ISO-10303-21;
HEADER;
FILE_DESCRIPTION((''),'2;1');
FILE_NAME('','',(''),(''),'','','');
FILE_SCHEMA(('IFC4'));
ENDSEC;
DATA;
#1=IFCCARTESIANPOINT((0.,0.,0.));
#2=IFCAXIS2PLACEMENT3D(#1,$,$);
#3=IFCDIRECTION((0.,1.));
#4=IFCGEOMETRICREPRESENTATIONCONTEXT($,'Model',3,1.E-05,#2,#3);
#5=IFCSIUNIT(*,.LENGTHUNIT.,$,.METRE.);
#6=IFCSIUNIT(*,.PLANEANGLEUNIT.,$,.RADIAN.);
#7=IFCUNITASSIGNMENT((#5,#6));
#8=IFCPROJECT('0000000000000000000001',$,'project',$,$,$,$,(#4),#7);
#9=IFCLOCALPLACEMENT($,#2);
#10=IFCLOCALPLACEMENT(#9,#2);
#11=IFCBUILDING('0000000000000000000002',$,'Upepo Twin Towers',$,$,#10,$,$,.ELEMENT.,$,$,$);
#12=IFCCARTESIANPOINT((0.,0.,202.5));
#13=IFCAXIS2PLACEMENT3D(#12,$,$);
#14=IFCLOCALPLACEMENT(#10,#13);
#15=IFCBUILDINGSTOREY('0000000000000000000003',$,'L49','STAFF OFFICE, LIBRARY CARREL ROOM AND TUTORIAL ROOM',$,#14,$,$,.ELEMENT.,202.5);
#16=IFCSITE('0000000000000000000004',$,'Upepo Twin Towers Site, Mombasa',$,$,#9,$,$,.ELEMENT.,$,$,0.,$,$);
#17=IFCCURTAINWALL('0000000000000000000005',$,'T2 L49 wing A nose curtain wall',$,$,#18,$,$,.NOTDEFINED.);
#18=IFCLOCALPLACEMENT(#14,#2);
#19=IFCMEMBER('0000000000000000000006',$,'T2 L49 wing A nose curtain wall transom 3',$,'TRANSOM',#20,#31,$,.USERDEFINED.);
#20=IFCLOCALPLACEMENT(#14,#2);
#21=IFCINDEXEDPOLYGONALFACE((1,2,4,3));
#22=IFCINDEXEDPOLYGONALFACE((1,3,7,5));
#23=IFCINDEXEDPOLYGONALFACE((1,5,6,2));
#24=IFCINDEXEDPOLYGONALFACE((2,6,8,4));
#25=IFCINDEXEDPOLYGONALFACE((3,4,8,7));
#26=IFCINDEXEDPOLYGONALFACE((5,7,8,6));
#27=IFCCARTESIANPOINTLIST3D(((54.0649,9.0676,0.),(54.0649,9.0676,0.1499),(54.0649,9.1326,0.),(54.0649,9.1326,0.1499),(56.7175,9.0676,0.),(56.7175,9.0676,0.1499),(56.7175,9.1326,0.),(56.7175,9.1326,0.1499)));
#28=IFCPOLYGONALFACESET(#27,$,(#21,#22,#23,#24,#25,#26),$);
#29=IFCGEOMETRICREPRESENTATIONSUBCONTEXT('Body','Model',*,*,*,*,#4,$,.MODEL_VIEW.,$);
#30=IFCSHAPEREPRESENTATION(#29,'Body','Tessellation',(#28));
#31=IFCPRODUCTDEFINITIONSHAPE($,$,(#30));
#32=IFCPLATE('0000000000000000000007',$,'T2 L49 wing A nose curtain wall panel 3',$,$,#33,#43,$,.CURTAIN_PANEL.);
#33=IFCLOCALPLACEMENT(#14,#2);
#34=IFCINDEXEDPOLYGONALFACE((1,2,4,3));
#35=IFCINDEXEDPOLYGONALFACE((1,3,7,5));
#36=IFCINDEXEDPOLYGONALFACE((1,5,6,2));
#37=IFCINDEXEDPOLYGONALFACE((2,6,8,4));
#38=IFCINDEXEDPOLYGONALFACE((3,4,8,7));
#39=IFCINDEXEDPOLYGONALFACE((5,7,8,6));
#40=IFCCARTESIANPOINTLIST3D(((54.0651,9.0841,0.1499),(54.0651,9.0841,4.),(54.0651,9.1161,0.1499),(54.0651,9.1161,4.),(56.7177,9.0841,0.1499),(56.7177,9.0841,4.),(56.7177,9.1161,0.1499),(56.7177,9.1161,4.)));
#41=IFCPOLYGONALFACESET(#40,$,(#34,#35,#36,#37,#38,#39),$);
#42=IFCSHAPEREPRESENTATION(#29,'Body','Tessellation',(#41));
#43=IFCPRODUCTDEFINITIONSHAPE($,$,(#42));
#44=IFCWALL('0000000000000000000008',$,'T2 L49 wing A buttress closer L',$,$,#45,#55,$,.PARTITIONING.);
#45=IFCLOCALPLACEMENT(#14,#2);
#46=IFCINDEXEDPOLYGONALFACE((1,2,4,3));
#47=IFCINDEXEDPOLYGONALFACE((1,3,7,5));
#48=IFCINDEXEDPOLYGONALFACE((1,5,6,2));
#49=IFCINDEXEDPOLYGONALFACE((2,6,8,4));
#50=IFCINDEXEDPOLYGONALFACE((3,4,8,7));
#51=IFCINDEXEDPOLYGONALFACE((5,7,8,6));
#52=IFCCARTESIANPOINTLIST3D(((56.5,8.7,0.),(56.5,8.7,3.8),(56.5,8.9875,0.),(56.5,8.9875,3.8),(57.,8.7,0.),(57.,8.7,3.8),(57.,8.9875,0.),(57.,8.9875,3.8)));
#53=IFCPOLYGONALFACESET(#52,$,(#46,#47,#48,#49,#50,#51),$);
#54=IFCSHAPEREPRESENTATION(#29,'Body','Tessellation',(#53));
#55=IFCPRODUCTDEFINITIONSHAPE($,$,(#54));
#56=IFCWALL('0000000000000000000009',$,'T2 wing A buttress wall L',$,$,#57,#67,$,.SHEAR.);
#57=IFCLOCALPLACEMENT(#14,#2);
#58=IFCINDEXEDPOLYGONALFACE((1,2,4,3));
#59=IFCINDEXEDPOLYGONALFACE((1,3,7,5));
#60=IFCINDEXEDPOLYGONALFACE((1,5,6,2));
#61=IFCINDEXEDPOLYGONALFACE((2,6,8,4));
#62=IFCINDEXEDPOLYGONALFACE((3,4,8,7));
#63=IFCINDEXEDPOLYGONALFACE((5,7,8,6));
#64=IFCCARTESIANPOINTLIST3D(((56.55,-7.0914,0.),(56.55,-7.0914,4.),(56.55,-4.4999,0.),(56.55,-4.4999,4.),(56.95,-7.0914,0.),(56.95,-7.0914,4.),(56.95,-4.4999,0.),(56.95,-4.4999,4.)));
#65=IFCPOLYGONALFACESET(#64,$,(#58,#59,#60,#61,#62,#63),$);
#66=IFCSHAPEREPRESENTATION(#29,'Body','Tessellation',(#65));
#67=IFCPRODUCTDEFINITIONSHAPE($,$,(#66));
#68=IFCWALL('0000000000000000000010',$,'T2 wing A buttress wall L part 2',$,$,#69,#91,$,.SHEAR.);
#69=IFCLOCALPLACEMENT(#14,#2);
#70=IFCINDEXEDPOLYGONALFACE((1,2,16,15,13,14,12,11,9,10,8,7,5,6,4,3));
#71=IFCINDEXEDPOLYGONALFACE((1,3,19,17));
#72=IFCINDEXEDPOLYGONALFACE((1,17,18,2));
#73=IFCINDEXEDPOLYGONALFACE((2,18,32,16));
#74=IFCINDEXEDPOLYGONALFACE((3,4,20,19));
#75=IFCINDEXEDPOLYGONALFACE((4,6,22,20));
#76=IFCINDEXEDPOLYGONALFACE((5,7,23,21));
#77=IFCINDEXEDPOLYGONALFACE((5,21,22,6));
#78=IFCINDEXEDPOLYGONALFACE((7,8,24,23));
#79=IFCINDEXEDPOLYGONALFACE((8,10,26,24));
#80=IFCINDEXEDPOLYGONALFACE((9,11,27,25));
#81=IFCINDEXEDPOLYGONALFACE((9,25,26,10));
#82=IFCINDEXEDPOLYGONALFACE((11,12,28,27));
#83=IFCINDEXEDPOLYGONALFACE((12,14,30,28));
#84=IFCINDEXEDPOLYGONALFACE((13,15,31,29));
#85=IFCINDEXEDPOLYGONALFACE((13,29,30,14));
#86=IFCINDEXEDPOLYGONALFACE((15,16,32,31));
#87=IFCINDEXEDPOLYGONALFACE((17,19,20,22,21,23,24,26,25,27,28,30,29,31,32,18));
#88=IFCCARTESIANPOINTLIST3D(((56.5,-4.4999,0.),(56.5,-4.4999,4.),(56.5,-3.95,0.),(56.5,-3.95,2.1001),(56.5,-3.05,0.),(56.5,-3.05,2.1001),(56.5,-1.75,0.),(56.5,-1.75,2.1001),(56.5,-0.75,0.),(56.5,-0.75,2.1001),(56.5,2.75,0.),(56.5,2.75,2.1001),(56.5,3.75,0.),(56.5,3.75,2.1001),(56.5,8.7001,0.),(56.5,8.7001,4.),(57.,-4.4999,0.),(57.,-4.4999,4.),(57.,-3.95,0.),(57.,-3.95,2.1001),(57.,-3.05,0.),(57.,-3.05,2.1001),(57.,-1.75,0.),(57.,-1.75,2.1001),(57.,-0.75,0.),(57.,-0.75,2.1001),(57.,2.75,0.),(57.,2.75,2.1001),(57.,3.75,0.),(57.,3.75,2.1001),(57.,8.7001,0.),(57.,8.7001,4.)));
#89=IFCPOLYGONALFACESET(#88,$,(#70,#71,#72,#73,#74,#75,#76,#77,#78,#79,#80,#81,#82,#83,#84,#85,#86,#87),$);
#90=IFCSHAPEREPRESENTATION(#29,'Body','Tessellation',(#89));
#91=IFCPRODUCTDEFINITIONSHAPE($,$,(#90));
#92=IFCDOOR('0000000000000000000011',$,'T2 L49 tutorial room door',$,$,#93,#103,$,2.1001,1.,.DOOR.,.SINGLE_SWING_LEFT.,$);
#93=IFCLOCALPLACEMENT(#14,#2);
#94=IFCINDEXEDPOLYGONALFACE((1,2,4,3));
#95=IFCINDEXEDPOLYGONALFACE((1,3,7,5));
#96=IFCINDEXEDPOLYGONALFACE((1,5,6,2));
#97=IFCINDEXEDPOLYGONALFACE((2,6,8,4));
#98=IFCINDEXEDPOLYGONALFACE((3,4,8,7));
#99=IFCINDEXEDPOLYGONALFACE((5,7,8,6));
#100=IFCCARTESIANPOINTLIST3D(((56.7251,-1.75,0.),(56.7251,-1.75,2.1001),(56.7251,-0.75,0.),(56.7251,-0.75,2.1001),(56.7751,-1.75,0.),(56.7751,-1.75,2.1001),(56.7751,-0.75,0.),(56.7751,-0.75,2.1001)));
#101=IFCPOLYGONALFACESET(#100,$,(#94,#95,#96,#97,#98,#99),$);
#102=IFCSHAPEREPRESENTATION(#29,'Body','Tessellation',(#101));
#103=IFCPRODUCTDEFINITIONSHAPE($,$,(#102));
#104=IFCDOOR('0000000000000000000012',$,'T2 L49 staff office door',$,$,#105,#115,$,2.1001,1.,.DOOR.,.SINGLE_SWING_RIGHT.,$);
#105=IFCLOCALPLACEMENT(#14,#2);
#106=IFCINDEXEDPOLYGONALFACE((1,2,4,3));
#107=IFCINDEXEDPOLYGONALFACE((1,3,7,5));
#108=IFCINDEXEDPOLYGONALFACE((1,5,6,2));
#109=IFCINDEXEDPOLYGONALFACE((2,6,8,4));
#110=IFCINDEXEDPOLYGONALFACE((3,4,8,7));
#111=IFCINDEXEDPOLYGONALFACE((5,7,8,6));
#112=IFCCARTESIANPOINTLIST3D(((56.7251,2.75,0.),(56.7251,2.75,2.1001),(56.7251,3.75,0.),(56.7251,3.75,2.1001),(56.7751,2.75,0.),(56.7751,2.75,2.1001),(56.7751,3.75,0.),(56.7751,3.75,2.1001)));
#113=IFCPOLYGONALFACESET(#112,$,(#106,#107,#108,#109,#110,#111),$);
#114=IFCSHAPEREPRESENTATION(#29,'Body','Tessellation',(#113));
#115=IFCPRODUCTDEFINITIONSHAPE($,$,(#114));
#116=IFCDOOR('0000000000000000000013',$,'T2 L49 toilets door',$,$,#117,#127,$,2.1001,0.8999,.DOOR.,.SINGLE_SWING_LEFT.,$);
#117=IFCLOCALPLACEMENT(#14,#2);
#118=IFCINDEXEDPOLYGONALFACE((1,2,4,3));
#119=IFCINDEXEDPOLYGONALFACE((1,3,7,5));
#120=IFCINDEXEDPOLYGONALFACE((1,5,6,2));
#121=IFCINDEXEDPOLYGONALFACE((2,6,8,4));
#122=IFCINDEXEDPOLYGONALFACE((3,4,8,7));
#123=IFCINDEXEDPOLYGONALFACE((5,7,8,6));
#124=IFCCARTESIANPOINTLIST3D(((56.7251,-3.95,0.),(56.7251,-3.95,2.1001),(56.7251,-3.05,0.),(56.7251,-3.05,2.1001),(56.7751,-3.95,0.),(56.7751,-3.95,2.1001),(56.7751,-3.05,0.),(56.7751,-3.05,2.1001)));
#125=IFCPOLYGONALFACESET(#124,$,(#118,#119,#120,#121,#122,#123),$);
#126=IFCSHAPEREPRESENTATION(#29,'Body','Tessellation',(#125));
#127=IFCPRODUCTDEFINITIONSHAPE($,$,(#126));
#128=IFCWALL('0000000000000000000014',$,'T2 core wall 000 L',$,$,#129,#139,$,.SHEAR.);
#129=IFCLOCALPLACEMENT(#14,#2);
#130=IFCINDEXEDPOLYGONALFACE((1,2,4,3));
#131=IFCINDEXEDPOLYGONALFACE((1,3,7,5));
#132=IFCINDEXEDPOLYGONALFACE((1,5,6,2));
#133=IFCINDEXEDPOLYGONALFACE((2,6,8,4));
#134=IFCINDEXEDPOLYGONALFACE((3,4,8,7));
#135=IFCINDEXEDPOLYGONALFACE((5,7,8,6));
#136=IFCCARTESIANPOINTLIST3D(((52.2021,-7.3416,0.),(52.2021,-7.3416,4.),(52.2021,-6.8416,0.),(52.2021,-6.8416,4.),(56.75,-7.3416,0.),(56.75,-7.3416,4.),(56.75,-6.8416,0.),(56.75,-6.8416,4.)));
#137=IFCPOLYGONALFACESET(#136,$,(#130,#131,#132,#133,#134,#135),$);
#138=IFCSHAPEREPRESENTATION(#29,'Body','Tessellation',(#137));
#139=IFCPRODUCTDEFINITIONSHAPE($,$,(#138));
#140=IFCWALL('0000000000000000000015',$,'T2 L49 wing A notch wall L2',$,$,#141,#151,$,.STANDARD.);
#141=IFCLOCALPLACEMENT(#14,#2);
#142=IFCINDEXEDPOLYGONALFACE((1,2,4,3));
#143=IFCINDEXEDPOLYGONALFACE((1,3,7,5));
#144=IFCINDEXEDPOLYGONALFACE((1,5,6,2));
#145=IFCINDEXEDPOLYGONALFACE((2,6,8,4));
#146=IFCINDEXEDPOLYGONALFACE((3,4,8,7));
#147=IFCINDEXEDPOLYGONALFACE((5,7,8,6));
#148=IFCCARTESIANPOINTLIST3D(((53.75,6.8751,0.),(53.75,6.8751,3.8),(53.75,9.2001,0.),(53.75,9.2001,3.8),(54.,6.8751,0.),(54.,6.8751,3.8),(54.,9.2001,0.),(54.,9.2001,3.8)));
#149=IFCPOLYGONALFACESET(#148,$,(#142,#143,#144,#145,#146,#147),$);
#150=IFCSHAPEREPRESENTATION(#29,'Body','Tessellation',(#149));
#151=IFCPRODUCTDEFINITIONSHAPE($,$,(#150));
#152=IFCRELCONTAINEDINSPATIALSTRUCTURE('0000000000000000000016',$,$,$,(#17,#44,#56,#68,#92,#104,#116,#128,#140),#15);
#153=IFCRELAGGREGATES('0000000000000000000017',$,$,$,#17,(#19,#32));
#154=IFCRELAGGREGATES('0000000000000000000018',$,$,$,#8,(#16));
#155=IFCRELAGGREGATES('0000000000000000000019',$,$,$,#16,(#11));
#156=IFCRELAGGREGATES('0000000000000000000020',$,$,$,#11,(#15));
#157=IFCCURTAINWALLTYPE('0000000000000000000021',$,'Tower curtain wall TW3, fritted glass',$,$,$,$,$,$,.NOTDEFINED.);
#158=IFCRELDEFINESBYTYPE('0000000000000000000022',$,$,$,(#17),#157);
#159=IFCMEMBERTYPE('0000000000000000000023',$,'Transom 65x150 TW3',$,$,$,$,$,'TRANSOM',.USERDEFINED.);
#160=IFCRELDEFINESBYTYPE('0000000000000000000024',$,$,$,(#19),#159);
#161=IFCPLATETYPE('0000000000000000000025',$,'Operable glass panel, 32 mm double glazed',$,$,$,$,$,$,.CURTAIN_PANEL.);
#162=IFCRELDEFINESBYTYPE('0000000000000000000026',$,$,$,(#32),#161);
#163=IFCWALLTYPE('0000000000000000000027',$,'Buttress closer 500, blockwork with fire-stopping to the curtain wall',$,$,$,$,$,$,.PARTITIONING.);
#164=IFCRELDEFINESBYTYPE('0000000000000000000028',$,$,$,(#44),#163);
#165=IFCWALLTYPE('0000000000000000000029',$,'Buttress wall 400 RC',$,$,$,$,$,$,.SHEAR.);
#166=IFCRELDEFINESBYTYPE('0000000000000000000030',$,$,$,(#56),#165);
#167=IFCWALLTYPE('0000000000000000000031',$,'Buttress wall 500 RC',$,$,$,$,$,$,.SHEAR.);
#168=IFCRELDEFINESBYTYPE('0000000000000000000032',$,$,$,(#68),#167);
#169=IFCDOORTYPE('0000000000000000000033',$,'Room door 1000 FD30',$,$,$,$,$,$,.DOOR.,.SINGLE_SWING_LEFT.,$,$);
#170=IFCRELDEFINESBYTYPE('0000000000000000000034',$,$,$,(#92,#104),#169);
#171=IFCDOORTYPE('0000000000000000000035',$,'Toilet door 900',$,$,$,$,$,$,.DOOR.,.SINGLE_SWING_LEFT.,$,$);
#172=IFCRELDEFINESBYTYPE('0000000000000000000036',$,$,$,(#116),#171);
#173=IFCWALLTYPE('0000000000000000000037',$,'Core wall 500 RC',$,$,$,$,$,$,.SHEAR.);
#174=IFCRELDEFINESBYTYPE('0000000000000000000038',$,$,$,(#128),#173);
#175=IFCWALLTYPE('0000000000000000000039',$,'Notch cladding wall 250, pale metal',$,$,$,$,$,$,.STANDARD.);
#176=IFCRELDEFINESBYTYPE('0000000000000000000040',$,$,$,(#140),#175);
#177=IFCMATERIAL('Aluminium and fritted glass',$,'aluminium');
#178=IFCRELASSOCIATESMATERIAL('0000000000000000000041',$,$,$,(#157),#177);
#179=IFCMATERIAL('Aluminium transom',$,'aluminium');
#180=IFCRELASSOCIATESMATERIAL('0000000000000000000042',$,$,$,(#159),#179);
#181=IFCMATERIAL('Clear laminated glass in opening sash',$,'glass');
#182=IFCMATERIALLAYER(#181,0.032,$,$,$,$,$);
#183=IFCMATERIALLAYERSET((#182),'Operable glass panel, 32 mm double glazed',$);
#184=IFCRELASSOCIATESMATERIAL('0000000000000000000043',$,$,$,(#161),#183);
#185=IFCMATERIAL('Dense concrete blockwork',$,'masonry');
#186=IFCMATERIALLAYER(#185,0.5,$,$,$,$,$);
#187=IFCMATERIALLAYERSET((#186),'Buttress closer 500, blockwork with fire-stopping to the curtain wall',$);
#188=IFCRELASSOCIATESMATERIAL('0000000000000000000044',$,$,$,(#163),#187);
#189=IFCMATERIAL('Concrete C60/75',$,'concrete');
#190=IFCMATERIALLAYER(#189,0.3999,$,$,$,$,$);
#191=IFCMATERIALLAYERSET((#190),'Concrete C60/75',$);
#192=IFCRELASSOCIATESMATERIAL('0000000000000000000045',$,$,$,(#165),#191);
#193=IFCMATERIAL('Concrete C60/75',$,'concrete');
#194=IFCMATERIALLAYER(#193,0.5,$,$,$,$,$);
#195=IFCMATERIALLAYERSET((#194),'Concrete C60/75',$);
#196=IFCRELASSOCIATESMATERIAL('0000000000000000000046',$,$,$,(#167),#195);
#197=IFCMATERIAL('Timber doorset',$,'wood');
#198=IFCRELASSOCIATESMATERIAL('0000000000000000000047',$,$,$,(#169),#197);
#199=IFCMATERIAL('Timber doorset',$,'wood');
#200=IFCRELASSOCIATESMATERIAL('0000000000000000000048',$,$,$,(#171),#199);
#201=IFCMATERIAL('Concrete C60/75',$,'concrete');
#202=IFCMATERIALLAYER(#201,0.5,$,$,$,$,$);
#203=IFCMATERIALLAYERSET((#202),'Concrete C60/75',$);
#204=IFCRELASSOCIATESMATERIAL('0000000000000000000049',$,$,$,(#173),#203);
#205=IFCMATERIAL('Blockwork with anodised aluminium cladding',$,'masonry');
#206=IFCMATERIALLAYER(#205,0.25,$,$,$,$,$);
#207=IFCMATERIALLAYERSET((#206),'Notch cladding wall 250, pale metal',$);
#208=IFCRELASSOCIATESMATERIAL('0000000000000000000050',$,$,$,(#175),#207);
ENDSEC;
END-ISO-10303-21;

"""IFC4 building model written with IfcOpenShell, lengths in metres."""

from ifc_helpers import new_model, si_unit, direction, frame, frame_2d, origin, origin_2d, place, context, subcontext, project, spatial, rectangle, extrude, material, layer, layer_set, material_profile, profile_set, type_object, element, fill, aggregate, save


model = new_model("IFC4")

# Units and contexts
model_context = context("Model", 3, precision=1e-05, world=origin(), true_north=direction((0.0, 1.0)))
body_context = subcontext(model_context, "Body", "Model", "MODEL_VIEW")
ifc_project = project(units=[si_unit("LENGTHUNIT", "METRE"), si_unit("PLANEANGLEUNIT", "RADIAN")], contexts=[model_context])

# Site, building, storey
site_placement = place(None, origin())
site = spatial("IfcSite", under=ifc_project, at=site_placement, Name="Upepo Twin Towers Site, Mombasa", CompositionType="ELEMENT", RefElevation=0.0)
building_placement = place(site_placement, origin())
building = spatial("IfcBuilding", under=site, at=building_placement, Name="Upepo Twin Towers", CompositionType="ELEMENT")
storey_placement = place(building_placement, frame((0.0, 0.0, 202.5)))
storey = spatial("IfcBuildingStorey", under=building, at=storey_placement, Name="L49", Description="STAFF OFFICE, LIBRARY CARREL ROOM AND TUTORIAL ROOM", CompositionType="ELEMENT", Elevation=202.5)

# Curtain wall, member, plate
ifc_material_1 = material(Name="Aluminium and fritted glass", Category="aluminium")
curtain_wall_type = type_object("IfcCurtainWallType", Name="Tower curtain wall TW3, fritted glass", PredefinedType="NOTDEFINED", material=ifc_material_1)
curtain_wall_placement = place(storey_placement, origin())
curtain_wall = element("IfcCurtainWall", 1, at=curtain_wall_placement, inside=storey, type_object=curtain_wall_type, Name="T2 L49 wing A nose curtain wall", PredefinedType="NOTDEFINED")
ifc_material_2 = material(Name="Aluminium transom", Category="aluminium")
ifc_material_profile_1 = material_profile(ifc_material_2, rectangle(XDim=0.0649, YDim=0.1499, at=origin_2d()), Name="TRANSOM 65x150")
ifc_profile_set_1 = profile_set([ifc_material_profile_1], Name="Aluminium transom")
member_type_1 = type_object("IfcMemberType", Name="Transom 65x150 TW3", ElementType="TRANSOM", PredefinedType="USERDEFINED", material=ifc_profile_set_1)
member_1_placement = place(storey_placement, frame((56.7175, 9.1001, 0.075), z_axis=(-1.0, 0.0, 0.0), x_axis=(0.0, -1.0, 0.0)))
member_1 = element("IfcMember", 2, at=member_1_placement, type_object=member_type_1, Name="T2 L49 wing A nose curtain wall transom 3", ObjectType="TRANSOM", PredefinedType="USERDEFINED", context=body_context, shape_type="SweptSolid", body=[
    extrude(rectangle(XDim=0.0649, YDim=0.1499, at=origin_2d()), origin(), (0.0, 0.0, 1.0), 2.6526),
])
ifc_material_3 = material(Name="Clear laminated glass in opening sash", Category="glass")
ifc_layer_1 = layer(ifc_material_3, 0.032)
ifc_layer_set_1 = layer_set([ifc_layer_1], Name="Operable glass panel, 32 mm double glazed")
plate_type = type_object("IfcPlateType", Name="Operable glass panel, 32 mm double glazed", PredefinedType="CURTAIN_PANEL", material=ifc_layer_set_1)
plate_placement = place(storey_placement, frame((55.3914, 9.1001, 0.1499), z_axis=(0.0, 0.0, 1.0), x_axis=(-1.0, 0.0, 0.0)))
plate = element("IfcPlate", 3, at=plate_placement, type_object=plate_type, Name="T2 L49 wing A nose curtain wall panel 3", PredefinedType="CURTAIN_PANEL", context=body_context, shape_type="SweptSolid", body=[
    extrude(rectangle(XDim=2.6526, YDim=0.032, at=origin_2d()), origin(), (0.0, 0.0, 1.0), 3.8501),
])
aggregate(curtain_wall, [member_1, plate])

# Walls
ifc_material_4 = material(Name="Dense concrete blockwork", Category="masonry")
ifc_layer_2 = layer(ifc_material_4, 0.5)
ifc_layer_set_2 = layer_set([ifc_layer_2], Name="Buttress closer 500, blockwork with fire-stopping to the curtain wall")
wall_type_1 = type_object("IfcWallType", Name="Buttress closer 500, blockwork with fire-stopping to the curtain wall", PredefinedType="PARTITIONING", material=ifc_layer_set_2)
wall_1_placement = place(storey_placement, frame((56.75, 8.7, 0.0), z_axis=(0.0, 0.0, 1.0), x_axis=(0.0, 1.0, 0.0)))
element("IfcWall", 4, at=wall_1_placement, inside=storey, type_object=wall_type_1, Name="T2 L49 wing A buttress closer L", PredefinedType="PARTITIONING", context=body_context, shape_type="SweptSolid", body=[
    extrude(rectangle(XDim=0.2876, YDim=0.5, at=frame_2d((0.1438, 0.0))), origin(), (0.0, 0.0, 1.0), 3.8),
])
ifc_material_5 = material(Name="Concrete C60/75", Category="concrete")
ifc_layer_3 = layer(ifc_material_5, 0.3999)
ifc_layer_set_3 = layer_set([ifc_layer_3], Name="Concrete C60/75")
wall_type_2 = type_object("IfcWallType", Name="Buttress wall 400 RC", PredefinedType="SHEAR", material=ifc_layer_set_3)
wall_2_placement = place(storey_placement, frame((56.75, -7.0916, 0.0), z_axis=(0.0, 0.0, 1.0), x_axis=(0.0, 1.0, 0.0)))
element("IfcWall", 5, at=wall_2_placement, inside=storey, type_object=wall_type_2, Name="T2 wing A buttress wall L", PredefinedType="SHEAR", context=body_context, shape_type="SweptSolid", body=[
    extrude(rectangle(XDim=2.5916, YDim=0.3999, at=frame_2d((1.2959, 0.0))), origin(), (0.0, 0.0, 1.0), 4.0),
])

# Wall, openings, doors
ifc_material_6 = material(Name="Concrete C60/75", Category="concrete")
ifc_layer_4 = layer(ifc_material_6, 0.5)
ifc_layer_set_4 = layer_set([ifc_layer_4], Name="Concrete C60/75")
wall_type_3 = type_object("IfcWallType", Name="Buttress wall 500 RC", PredefinedType="SHEAR", material=ifc_layer_set_4)
wall_3_placement = place(storey_placement, frame((56.75, -4.5, 0.0), z_axis=(0.0, 0.0, 1.0), x_axis=(0.0, 1.0, 0.0)))
wall_3 = element("IfcWall", 6, at=wall_3_placement, inside=storey, type_object=wall_type_3, Name="T2 wing A buttress wall L part 2", PredefinedType="SHEAR", context=body_context, shape_type="SweptSolid", body=[
    extrude(rectangle(XDim=13.2, YDim=0.5, at=frame_2d((6.6001, 0.0))), origin(), (0.0, 0.0, 1.0), 4.0),
])
opening_1_placement = place(wall_3_placement, frame((0.55, 0.0, 0.0)))
opening_1 = element("IfcOpeningElement", 7, at=opening_1_placement, cuts=wall_3, PredefinedType="OPENING", context=body_context, shape_type="SweptSolid", body=[
    extrude(rectangle(XDim=0.8999, YDim=2.1001, at=frame_2d((0.45, 1.05))), frame((0.0, 0.26, 0.0), z_axis=(0.0, -1.0, 0.0), x_axis=(1.0, 0.0, 0.0)), (0.0, 0.0, 1.0), 0.52),
])
opening_2_placement = place(wall_3_placement, frame((2.75, 0.0, 0.0)))
opening_2 = element("IfcOpeningElement", 8, at=opening_2_placement, cuts=wall_3, PredefinedType="OPENING", context=body_context, shape_type="SweptSolid", body=[
    extrude(rectangle(XDim=1.0, YDim=2.1001, at=frame_2d((0.5, 1.05))), frame((0.0, 0.26, 0.0), z_axis=(0.0, -1.0, 0.0), x_axis=(1.0, 0.0, 0.0)), (0.0, 0.0, 1.0), 0.52),
])
opening_3_placement = place(wall_3_placement, frame((7.25, 0.0, 0.0)))
opening_3 = element("IfcOpeningElement", 9, at=opening_3_placement, cuts=wall_3, PredefinedType="OPENING", context=body_context, shape_type="SweptSolid", body=[
    extrude(rectangle(XDim=1.0, YDim=2.1001, at=frame_2d((0.5, 1.05))), frame((0.0, 0.26, 0.0), z_axis=(0.0, -1.0, 0.0), x_axis=(1.0, 0.0, 0.0)), (0.0, 0.0, 1.0), 0.52),
])
ifc_material_7 = material(Name="Timber doorset", Category="wood")
door_type_1 = type_object("IfcDoorType", Name="Room door 1000 FD30", OperationType="SINGLE_SWING_LEFT", PredefinedType="DOOR", material=ifc_material_7)
door_1_placement = place(opening_2_placement, origin())
door_1 = element("IfcDoor", 10, at=door_1_placement, inside=storey, type_object=door_type_1, Name="T2 L49 tutorial room door", OperationType="SINGLE_SWING_LEFT", OverallHeight=2.1001, OverallWidth=1.0, PredefinedType="DOOR", context=body_context, shape_type="SweptSolid", body=[
    extrude(rectangle(XDim=1.0, YDim=2.1001, at=frame_2d((0.5, 1.05))), frame((0.0, 0.0249, 0.0), z_axis=(0.0, -1.0, 0.0), x_axis=(1.0, 0.0, 0.0)), (0.0, 0.0, 1.0), 0.05),
])
fill(opening_2, door_1)
door_2_placement = place(opening_3_placement, origin())
door_2 = element("IfcDoor", 11, at=door_2_placement, inside=storey, type_object=door_type_1, Name="T2 L49 staff office door", OperationType="SINGLE_SWING_RIGHT", OverallHeight=2.1001, OverallWidth=1.0, PredefinedType="DOOR", context=body_context, shape_type="SweptSolid", body=[
    extrude(rectangle(XDim=1.0, YDim=2.1001, at=frame_2d((0.5, 1.05))), frame((0.0, 0.0249, 0.0), z_axis=(0.0, -1.0, 0.0), x_axis=(1.0, 0.0, 0.0)), (0.0, 0.0, 1.0), 0.05),
])
fill(opening_3, door_2)
ifc_material_8 = material(Name="Timber doorset", Category="wood")
door_type_2 = type_object("IfcDoorType", Name="Toilet door 900", OperationType="SINGLE_SWING_LEFT", PredefinedType="DOOR", material=ifc_material_8)
door_3_placement = place(opening_1_placement, origin())
door_3 = element("IfcDoor", 12, at=door_3_placement, inside=storey, type_object=door_type_2, Name="T2 L49 toilets door", OperationType="SINGLE_SWING_LEFT", OverallHeight=2.1001, OverallWidth=0.8999, PredefinedType="DOOR", context=body_context, shape_type="SweptSolid", body=[
    extrude(rectangle(XDim=0.8999, YDim=2.1001, at=frame_2d((0.45, 1.05))), frame((0.0, 0.0249, 0.0), z_axis=(0.0, -1.0, 0.0), x_axis=(1.0, 0.0, 0.0)), (0.0, 0.0, 1.0), 0.05),
])
fill(opening_1, door_3)

# Walls
ifc_material_9 = material(Name="Concrete C60/75", Category="concrete")
ifc_layer_5 = layer(ifc_material_9, 0.5)
ifc_layer_set_5 = layer_set([ifc_layer_5], Name="Concrete C60/75")
wall_type_4 = type_object("IfcWallType", Name="Core wall 500 RC", PredefinedType="SHEAR", material=ifc_layer_set_5)
wall_4_placement = place(storey_placement, frame((56.75, -7.0916, 0.0), z_axis=(0.0, 0.0, 1.0), x_axis=(-1.0, 0.0, 0.0)))
element("IfcWall", 13, at=wall_4_placement, inside=storey, type_object=wall_type_4, Name="T2 core wall 000 L", PredefinedType="SHEAR", context=body_context, shape_type="SweptSolid", body=[
    extrude(rectangle(XDim=4.5479, YDim=0.5, at=frame_2d((2.2739, 0.0))), origin(), (0.0, 0.0, 1.0), 4.0),
])
ifc_material_10 = material(Name="Blockwork with anodised aluminium cladding", Category="masonry")
ifc_layer_6 = layer(ifc_material_10, 0.25)
ifc_layer_set_6 = layer_set([ifc_layer_6], Name="Notch cladding wall 250, pale metal")
wall_type_5 = type_object("IfcWallType", Name="Notch cladding wall 250, pale metal", PredefinedType="STANDARD", material=ifc_layer_set_6)
wall_5_placement = place(storey_placement, frame((53.875, 6.875, 0.0), z_axis=(0.0, 0.0, 1.0), x_axis=(0.0, 1.0, 0.0)))
element("IfcWall", 14, at=wall_5_placement, inside=storey, type_object=wall_type_5, Name="T2 L49 wing A notch wall L2", PredefinedType="STANDARD", context=body_context, shape_type="SweptSolid", body=[
    extrude(rectangle(XDim=2.325, YDim=0.25, at=frame_2d((1.1626, 0.0))), origin(), (0.0, 0.0, 1.0), 3.8),
])

save(model, "model.ifc")
